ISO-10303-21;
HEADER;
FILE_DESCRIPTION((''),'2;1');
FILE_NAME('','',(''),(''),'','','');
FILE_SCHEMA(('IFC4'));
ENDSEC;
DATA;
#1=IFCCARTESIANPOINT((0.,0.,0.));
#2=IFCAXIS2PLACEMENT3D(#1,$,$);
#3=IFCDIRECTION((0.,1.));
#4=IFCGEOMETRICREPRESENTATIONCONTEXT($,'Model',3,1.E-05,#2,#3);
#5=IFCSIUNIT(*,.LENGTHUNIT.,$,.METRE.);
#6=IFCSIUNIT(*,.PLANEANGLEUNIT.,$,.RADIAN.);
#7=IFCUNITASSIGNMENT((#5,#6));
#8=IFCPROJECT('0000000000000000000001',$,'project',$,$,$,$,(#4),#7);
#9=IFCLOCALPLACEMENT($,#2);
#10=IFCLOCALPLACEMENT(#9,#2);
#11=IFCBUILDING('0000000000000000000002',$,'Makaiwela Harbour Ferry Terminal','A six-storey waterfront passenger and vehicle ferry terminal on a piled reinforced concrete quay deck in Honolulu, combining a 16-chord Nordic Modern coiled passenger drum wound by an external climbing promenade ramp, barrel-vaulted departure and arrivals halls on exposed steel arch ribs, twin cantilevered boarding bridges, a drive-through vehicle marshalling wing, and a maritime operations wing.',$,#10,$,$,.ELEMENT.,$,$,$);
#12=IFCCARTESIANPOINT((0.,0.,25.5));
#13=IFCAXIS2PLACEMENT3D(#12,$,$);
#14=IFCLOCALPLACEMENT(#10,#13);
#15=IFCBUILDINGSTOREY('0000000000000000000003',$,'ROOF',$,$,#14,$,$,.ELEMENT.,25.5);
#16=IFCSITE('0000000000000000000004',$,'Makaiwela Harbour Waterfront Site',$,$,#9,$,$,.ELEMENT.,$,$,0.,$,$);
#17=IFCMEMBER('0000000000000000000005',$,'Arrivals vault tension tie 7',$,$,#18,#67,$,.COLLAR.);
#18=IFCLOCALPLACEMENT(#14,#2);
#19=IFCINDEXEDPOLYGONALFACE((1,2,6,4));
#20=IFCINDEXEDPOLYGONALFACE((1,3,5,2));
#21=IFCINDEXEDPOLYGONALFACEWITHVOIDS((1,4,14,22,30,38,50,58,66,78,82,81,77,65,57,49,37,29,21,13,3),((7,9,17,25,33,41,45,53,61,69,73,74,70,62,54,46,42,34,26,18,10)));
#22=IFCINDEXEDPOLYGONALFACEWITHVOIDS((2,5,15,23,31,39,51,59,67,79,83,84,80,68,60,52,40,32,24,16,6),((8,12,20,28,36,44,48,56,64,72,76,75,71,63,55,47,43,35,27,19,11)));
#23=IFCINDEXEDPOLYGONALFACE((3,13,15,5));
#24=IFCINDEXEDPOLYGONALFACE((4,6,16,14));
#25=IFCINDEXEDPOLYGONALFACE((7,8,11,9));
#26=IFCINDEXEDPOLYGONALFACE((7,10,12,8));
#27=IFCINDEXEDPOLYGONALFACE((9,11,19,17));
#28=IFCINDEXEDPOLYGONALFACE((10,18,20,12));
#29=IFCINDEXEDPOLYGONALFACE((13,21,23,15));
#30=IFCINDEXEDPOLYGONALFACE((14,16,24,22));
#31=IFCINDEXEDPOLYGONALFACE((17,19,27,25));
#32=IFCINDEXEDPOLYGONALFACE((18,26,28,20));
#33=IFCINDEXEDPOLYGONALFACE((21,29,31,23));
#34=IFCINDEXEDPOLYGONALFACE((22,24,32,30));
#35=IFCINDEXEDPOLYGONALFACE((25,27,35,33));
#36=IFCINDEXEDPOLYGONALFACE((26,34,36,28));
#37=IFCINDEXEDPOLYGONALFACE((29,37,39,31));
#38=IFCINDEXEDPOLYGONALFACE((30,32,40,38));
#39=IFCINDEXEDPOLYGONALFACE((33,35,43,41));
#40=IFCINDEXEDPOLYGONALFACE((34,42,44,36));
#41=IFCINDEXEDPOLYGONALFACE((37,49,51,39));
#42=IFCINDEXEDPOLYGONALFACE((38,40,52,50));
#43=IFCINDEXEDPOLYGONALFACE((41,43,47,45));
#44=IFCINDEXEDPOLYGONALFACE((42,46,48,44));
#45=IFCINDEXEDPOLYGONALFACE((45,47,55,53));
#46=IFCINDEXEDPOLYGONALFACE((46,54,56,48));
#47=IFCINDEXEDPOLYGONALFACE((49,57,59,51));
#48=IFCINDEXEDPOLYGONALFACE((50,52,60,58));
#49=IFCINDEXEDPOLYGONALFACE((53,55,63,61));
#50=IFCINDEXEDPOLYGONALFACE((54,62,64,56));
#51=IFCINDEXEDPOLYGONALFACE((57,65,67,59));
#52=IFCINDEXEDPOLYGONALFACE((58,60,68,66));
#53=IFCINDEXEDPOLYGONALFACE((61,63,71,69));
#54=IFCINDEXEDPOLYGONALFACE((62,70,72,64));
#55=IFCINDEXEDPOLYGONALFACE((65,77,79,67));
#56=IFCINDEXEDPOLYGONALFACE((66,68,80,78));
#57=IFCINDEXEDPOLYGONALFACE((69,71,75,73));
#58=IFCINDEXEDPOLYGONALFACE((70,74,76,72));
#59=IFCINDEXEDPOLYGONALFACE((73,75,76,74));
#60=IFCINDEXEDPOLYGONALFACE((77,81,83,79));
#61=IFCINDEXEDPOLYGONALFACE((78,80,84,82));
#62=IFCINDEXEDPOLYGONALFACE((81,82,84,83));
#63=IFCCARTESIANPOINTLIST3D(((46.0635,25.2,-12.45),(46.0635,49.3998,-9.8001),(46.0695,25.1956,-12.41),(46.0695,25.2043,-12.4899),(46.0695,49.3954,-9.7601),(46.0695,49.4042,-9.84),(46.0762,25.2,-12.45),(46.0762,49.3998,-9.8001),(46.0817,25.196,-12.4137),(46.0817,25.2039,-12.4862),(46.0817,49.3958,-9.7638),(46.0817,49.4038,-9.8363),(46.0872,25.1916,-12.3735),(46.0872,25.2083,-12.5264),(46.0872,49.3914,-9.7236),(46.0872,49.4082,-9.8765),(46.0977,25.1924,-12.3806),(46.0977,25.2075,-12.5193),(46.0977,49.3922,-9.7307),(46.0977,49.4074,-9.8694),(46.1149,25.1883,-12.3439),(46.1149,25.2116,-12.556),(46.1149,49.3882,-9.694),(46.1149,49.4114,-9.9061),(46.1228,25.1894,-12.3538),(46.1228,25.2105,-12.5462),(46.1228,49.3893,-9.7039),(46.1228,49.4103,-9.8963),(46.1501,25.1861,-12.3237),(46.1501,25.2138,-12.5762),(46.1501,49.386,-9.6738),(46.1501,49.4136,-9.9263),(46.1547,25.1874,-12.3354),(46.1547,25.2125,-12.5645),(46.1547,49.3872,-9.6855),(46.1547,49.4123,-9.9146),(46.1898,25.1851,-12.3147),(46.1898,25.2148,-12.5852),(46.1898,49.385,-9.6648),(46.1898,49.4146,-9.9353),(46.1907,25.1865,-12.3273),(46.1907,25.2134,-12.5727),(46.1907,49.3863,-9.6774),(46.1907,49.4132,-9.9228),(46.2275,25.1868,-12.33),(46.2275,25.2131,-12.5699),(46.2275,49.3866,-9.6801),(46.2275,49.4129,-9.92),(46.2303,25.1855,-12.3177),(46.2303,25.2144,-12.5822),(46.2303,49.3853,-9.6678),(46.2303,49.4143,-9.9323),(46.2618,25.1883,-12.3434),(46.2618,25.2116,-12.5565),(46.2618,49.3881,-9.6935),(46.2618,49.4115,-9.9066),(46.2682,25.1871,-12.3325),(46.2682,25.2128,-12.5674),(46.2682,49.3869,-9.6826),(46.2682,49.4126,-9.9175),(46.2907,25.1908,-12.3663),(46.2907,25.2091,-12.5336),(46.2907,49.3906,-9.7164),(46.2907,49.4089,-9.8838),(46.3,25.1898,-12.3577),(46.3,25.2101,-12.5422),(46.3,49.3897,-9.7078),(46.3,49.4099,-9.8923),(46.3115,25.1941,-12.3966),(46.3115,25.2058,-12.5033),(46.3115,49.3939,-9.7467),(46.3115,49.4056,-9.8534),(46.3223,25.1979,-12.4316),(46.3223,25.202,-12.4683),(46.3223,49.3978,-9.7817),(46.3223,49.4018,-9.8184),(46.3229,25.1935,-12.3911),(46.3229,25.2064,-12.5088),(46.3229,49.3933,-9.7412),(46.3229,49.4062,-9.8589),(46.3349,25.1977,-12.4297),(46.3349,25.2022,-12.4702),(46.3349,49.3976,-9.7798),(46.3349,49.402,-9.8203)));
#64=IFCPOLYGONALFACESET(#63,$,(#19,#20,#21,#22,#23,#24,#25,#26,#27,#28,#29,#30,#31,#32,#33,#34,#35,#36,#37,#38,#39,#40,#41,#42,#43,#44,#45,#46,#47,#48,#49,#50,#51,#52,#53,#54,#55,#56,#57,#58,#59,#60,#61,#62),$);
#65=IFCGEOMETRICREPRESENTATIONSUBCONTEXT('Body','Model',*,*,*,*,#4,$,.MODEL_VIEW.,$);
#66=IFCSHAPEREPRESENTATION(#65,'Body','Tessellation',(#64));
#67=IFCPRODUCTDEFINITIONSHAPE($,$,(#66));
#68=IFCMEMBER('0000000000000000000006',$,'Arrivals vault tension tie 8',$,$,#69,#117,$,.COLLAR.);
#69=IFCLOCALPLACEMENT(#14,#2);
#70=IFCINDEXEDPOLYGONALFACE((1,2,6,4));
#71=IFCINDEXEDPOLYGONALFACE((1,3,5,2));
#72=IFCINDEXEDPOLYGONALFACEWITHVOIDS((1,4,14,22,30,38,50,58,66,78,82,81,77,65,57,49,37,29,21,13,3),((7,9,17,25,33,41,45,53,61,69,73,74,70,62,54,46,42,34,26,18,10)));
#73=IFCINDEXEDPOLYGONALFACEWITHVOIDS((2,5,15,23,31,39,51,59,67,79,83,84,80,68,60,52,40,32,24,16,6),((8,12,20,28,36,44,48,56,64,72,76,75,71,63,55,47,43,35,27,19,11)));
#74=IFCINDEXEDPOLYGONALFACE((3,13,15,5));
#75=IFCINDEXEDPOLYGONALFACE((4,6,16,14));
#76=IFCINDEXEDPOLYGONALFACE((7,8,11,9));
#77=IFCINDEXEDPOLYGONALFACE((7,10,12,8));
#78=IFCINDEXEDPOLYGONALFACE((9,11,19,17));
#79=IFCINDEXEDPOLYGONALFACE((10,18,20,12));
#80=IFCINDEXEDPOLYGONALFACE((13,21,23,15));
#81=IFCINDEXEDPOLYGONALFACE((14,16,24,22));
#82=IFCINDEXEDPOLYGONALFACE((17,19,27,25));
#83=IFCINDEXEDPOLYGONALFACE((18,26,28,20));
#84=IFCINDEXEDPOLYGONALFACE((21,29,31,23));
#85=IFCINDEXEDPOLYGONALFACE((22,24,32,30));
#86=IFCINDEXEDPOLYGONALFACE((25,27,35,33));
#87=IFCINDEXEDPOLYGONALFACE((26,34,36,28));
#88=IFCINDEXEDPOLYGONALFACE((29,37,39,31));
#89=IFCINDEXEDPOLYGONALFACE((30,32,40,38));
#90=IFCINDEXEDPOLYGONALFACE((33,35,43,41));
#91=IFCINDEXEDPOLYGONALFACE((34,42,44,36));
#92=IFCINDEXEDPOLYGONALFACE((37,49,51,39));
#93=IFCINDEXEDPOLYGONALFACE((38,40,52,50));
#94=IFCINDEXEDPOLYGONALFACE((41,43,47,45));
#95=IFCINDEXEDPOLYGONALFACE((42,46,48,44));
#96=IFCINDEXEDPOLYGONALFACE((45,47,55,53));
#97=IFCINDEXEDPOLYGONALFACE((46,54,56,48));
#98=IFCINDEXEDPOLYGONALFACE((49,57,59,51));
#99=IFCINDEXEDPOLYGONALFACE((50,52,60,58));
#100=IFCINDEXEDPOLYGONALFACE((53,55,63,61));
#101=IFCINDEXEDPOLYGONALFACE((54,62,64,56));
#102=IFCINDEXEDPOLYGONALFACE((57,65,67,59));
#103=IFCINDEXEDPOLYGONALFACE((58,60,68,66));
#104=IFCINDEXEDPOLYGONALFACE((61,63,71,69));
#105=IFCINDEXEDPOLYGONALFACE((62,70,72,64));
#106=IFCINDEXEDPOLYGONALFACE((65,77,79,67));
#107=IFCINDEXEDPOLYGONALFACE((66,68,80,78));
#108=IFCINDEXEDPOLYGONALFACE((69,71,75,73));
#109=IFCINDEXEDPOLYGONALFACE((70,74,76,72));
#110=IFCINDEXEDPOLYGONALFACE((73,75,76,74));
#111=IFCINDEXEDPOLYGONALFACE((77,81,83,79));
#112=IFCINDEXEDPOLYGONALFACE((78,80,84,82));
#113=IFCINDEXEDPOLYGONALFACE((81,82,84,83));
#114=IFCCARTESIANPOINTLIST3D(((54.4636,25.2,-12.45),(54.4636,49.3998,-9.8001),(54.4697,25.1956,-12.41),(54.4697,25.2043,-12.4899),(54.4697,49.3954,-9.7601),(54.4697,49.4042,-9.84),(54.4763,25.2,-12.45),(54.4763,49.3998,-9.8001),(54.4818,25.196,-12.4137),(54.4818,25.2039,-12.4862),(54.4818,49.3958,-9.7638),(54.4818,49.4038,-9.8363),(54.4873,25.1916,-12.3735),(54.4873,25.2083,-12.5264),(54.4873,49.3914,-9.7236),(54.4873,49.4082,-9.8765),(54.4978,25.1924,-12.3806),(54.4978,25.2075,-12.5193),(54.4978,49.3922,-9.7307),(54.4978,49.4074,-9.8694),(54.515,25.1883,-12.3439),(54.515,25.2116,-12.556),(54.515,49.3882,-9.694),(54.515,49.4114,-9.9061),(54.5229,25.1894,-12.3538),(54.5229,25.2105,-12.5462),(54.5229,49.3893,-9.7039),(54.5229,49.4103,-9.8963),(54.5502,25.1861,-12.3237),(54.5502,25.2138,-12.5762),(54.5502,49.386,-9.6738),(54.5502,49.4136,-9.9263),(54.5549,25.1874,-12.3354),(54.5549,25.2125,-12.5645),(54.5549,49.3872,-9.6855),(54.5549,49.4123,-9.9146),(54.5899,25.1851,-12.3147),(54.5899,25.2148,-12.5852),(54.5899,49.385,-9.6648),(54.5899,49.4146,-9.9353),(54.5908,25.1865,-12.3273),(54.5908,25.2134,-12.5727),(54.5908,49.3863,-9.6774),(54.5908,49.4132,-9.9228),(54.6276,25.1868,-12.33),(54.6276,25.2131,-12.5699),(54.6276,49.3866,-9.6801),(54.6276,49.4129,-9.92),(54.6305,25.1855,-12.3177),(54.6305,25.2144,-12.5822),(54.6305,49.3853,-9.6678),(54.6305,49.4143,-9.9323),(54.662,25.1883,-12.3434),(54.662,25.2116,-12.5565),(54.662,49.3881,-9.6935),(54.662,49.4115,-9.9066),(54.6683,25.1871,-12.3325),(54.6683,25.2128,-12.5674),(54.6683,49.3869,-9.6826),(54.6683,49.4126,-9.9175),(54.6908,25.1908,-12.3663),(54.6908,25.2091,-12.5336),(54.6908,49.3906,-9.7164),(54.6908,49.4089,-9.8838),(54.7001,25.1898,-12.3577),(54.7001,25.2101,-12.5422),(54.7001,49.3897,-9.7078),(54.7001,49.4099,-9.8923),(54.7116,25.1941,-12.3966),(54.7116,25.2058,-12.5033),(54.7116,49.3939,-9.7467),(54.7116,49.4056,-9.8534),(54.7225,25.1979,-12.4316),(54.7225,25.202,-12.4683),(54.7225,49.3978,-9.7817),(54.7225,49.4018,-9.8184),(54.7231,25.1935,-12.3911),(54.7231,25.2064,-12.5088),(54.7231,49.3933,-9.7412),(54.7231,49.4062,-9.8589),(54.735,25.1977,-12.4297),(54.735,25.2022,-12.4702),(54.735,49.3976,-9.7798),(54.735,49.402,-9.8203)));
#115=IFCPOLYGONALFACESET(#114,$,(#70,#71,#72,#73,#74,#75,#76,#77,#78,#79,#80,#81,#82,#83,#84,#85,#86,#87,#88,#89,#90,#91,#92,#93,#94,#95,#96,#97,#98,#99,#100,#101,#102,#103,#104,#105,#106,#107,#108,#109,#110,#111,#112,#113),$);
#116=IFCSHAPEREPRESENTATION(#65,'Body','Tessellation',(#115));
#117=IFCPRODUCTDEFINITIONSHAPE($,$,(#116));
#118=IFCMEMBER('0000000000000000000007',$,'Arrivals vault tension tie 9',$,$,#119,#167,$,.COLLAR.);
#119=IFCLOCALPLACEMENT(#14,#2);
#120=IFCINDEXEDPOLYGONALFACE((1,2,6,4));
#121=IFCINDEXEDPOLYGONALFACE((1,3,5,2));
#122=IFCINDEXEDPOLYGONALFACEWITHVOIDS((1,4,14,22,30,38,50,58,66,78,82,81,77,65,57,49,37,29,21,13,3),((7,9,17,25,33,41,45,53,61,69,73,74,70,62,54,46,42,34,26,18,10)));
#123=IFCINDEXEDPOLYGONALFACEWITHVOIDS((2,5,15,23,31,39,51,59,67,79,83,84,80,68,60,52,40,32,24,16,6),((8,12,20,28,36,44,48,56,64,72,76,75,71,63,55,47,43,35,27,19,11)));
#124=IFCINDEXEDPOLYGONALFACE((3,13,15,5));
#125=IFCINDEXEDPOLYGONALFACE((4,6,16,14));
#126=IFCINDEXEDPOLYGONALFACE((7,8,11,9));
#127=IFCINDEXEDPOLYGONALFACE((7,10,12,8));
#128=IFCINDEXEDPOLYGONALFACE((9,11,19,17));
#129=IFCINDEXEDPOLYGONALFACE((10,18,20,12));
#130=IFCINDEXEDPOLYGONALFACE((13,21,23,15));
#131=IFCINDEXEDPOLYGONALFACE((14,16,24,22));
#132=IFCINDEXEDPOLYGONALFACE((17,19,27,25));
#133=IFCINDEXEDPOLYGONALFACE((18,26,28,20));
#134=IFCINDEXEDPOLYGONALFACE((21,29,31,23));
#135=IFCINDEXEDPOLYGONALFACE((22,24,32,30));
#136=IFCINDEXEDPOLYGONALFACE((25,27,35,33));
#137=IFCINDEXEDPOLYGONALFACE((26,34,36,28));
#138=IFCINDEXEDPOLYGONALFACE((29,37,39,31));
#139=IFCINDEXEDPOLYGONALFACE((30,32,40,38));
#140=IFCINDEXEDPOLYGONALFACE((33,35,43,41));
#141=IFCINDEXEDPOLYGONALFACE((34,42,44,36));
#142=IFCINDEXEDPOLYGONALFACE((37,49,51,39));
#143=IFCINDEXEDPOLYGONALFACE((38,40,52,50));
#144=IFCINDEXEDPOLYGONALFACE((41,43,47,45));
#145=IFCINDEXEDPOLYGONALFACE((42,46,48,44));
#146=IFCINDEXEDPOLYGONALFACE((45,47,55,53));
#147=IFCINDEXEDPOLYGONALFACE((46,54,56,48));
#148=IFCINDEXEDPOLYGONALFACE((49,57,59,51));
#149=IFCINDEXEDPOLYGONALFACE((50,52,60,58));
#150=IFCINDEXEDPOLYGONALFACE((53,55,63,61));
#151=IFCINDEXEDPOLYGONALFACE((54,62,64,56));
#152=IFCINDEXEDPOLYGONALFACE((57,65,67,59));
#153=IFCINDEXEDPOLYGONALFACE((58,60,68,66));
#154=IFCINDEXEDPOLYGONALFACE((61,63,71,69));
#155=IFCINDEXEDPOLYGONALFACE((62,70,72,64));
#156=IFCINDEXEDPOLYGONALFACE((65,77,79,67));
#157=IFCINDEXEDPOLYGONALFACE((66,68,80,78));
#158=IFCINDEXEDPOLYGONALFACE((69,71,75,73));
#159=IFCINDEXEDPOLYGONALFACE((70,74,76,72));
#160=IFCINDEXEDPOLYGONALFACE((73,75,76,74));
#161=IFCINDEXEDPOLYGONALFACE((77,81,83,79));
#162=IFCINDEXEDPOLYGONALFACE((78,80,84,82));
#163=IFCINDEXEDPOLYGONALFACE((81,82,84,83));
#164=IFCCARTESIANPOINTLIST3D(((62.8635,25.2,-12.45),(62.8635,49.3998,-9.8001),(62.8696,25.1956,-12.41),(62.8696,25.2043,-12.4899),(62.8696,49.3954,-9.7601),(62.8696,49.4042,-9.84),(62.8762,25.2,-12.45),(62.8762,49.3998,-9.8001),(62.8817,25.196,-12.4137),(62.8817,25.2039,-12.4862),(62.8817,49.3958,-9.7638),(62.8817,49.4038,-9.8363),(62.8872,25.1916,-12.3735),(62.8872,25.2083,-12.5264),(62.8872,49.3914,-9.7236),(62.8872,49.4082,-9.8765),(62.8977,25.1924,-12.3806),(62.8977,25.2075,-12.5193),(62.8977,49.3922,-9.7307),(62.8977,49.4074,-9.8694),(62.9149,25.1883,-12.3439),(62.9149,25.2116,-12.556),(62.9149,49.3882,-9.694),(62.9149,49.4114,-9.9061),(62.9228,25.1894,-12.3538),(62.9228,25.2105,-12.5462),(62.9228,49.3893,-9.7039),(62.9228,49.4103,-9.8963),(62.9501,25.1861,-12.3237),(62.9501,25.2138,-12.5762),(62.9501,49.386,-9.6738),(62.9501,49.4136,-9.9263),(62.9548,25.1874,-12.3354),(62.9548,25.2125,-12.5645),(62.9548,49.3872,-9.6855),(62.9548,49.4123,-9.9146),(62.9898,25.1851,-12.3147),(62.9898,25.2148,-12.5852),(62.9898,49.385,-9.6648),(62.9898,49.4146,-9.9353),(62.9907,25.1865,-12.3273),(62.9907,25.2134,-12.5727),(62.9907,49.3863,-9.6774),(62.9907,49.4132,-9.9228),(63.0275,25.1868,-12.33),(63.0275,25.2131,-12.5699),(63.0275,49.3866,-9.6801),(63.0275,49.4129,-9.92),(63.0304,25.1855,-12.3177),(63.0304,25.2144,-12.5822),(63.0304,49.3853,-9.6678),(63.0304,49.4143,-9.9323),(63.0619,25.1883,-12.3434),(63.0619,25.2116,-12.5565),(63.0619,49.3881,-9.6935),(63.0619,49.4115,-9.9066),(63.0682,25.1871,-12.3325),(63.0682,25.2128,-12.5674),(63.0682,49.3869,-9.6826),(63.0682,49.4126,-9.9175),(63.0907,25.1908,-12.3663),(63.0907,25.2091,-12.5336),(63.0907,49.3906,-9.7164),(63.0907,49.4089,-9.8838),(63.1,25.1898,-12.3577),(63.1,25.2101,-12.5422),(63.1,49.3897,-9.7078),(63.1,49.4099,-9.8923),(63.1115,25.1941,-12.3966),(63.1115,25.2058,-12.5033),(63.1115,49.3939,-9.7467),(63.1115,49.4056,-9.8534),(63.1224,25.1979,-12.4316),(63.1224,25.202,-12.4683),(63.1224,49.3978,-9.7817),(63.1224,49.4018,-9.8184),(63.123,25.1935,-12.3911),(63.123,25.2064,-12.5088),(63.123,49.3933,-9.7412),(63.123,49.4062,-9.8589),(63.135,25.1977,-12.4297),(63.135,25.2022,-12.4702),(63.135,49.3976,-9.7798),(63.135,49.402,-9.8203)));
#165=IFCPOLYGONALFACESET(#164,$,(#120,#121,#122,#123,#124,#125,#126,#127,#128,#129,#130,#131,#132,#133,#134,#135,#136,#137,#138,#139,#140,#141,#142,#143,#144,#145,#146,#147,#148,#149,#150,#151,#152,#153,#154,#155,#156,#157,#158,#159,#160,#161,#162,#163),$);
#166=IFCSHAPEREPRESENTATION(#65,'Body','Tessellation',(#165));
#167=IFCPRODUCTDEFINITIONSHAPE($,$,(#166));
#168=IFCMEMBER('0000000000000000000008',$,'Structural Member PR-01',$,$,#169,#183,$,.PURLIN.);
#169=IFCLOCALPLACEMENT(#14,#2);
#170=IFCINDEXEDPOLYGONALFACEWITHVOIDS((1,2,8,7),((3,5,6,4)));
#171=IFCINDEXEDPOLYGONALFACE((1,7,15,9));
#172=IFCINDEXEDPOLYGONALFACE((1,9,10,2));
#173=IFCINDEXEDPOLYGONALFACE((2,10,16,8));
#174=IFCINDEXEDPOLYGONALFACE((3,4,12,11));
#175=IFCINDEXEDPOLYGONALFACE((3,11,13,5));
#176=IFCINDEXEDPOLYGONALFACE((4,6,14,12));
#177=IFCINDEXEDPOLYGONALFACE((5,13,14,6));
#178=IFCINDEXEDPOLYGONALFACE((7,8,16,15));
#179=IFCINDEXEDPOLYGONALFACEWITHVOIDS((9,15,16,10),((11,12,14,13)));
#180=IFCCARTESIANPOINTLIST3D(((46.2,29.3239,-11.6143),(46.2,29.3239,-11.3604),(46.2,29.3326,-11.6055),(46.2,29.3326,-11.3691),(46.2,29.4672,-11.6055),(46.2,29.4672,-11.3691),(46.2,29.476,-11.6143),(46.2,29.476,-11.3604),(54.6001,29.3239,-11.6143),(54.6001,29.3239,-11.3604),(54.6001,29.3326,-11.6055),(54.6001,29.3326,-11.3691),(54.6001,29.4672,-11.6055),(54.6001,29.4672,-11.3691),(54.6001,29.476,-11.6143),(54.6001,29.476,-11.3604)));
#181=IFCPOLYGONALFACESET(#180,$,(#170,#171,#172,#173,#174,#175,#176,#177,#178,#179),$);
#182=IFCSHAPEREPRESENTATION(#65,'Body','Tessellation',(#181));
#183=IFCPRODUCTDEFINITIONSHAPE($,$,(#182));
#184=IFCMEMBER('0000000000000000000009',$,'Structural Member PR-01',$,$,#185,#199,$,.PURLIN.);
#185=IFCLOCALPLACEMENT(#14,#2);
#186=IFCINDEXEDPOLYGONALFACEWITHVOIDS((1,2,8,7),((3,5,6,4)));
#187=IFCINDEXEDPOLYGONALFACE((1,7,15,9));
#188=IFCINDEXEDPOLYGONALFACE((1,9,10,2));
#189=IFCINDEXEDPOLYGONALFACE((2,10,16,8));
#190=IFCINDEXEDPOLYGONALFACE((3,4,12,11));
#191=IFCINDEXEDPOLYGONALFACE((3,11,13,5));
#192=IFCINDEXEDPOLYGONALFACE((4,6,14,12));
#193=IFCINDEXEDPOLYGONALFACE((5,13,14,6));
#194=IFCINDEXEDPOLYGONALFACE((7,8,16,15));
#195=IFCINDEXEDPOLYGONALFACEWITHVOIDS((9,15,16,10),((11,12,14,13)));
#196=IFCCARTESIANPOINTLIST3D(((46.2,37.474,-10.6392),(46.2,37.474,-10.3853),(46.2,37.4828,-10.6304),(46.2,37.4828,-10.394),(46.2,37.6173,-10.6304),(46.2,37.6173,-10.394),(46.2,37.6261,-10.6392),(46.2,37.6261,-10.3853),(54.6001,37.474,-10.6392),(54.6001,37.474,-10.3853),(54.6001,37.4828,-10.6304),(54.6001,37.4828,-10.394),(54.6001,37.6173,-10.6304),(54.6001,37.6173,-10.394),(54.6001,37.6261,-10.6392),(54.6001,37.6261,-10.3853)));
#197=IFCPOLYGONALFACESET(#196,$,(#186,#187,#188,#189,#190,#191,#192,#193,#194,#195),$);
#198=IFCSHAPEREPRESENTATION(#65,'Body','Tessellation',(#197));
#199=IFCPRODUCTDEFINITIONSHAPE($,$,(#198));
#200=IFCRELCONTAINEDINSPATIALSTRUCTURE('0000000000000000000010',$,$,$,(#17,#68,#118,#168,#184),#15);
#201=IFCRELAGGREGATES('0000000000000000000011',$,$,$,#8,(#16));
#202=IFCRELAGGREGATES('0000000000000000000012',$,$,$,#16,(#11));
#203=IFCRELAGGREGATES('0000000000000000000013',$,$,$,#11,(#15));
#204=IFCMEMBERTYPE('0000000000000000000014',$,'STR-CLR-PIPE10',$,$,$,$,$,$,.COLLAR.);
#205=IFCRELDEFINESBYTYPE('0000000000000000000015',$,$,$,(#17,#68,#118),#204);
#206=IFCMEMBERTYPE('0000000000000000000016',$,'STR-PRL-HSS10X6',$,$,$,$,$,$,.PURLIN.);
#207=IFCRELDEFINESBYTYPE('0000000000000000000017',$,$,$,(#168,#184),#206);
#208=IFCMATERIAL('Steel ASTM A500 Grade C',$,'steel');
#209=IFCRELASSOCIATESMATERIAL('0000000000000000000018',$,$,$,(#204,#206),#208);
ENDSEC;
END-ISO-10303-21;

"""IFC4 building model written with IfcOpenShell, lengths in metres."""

from ifc_helpers import new_model, si_unit, direction, frame, origin, origin_2d, place, context, subcontext, project, spatial, hollow_rectangle, hollow_circle, extrude, material, material_profile, profile_set, type_object, element, save


model = new_model("IFC4")

# Units and contexts
model_context = context("Model", 3, precision=1e-05, world=origin(), true_north=direction((0.0, 1.0)))
body_context = subcontext(model_context, "Body", "Model", "MODEL_VIEW")
ifc_project = project(units=[si_unit("LENGTHUNIT", "METRE"), si_unit("PLANEANGLEUNIT", "RADIAN")], contexts=[model_context])

# Site, building, storey
site_placement = place(None, origin())
site = spatial("IfcSite", under=ifc_project, at=site_placement, Name="Makaiwela Harbour Waterfront Site", CompositionType="ELEMENT", RefElevation=0.0)
building_placement = place(site_placement, origin())
building = spatial("IfcBuilding", under=site, at=building_placement, Name="Makaiwela Harbour Ferry Terminal", Description="A six-storey waterfront passenger and vehicle ferry terminal on a piled reinforced concrete quay deck in Honolulu, combining a 16-chord Nordic Modern coiled passenger drum wound by an external climbing promenade ramp, barrel-vaulted departure and arrivals halls on exposed steel arch ribs, twin cantilevered boarding bridges, a drive-through vehicle marshalling wing, and a maritime operations wing.", CompositionType="ELEMENT")
storey_placement = place(building_placement, frame((0.0, 0.0, 25.5)))
storey = spatial("IfcBuildingStorey", under=building, at=storey_placement, Name="ROOF", CompositionType="ELEMENT", Elevation=25.5)

# Members
ifc_material_1 = material(Name="Steel ASTM A500 Grade C", Category="steel")
ifc_material_profile_1 = material_profile(ifc_material_1, hollow_circle(Radius=0.1365, WallThickness=0.0127, at=origin_2d()), Name="PIPE10XS")
ifc_profile_set_1 = profile_set([ifc_material_profile_1], Name="Steel ASTM A500 Grade C")
member_type_1 = type_object("IfcMemberType", Name="STR-CLR-PIPE10", PredefinedType="COLLAR", material=ifc_profile_set_1)
for number, where, z_axis, x_axis, name in (
    (1, (46.2, 25.2, -12.45), (0.0, 0.994058, 0.10885), (-1.0, 0.0, 0.0), "Arrivals vault tension tie 7"),
    (2, (54.6001, 25.2, -12.45), (0.0, 0.994058, 0.10885), (-1.0, 0.0, 0.0), "Arrivals vault tension tie 8"),
    (3, (63.0, 25.2, -12.45), (0.0, 0.994058, 0.10885), (-1.0, 0.0, 0.0), "Arrivals vault tension tie 9"),
):
    element("IfcMember", number, at=place(storey_placement, frame(where, z_axis=z_axis, x_axis=x_axis)), inside=storey, type_object=member_type_1, Name=name, PredefinedType="COLLAR", context=body_context, shape_type="SweptSolid", body=[
        extrude(hollow_circle(Radius=0.1365, WallThickness=0.0127, at=origin_2d()), origin(), (0.0, 0.0, 1.0), 24.3445),
    ])
ifc_material_profile_2 = material_profile(ifc_material_1, hollow_rectangle(XDim=0.1521, YDim=0.2539, WallThickness=0.0088, at=origin_2d()), Name="HSS10X6X3/8")
ifc_profile_set_2 = profile_set([ifc_material_profile_2], Name="Steel ASTM A500 Grade C")
member_type_2 = type_object("IfcMemberType", Name="STR-PRL-HSS10X6", PredefinedType="PURLIN", material=ifc_profile_set_2)
for number, where, z_axis, x_axis, name in (
    (4, (46.2, 29.3999, -11.4873), (1.0, 0.0, 0.0), (0.0, 1.0, 0.0), "Structural Member PR-01"),
    (5, (46.2, 37.55, -10.5122), (1.0, 0.0, 0.0), (0.0, 1.0, 0.0), "Structural Member PR-01"),
):
    element("IfcMember", number, at=place(storey_placement, frame(where, z_axis=z_axis, x_axis=x_axis)), inside=storey, type_object=member_type_2, Name=name, PredefinedType="PURLIN", context=body_context, shape_type="SweptSolid", body=[
        extrude(hollow_rectangle(XDim=0.1521, YDim=0.2539, WallThickness=0.0088, at=origin_2d()), origin(), (0.0, 0.0, 1.0), 8.4001),
    ])

save(model, "model.ifc")
